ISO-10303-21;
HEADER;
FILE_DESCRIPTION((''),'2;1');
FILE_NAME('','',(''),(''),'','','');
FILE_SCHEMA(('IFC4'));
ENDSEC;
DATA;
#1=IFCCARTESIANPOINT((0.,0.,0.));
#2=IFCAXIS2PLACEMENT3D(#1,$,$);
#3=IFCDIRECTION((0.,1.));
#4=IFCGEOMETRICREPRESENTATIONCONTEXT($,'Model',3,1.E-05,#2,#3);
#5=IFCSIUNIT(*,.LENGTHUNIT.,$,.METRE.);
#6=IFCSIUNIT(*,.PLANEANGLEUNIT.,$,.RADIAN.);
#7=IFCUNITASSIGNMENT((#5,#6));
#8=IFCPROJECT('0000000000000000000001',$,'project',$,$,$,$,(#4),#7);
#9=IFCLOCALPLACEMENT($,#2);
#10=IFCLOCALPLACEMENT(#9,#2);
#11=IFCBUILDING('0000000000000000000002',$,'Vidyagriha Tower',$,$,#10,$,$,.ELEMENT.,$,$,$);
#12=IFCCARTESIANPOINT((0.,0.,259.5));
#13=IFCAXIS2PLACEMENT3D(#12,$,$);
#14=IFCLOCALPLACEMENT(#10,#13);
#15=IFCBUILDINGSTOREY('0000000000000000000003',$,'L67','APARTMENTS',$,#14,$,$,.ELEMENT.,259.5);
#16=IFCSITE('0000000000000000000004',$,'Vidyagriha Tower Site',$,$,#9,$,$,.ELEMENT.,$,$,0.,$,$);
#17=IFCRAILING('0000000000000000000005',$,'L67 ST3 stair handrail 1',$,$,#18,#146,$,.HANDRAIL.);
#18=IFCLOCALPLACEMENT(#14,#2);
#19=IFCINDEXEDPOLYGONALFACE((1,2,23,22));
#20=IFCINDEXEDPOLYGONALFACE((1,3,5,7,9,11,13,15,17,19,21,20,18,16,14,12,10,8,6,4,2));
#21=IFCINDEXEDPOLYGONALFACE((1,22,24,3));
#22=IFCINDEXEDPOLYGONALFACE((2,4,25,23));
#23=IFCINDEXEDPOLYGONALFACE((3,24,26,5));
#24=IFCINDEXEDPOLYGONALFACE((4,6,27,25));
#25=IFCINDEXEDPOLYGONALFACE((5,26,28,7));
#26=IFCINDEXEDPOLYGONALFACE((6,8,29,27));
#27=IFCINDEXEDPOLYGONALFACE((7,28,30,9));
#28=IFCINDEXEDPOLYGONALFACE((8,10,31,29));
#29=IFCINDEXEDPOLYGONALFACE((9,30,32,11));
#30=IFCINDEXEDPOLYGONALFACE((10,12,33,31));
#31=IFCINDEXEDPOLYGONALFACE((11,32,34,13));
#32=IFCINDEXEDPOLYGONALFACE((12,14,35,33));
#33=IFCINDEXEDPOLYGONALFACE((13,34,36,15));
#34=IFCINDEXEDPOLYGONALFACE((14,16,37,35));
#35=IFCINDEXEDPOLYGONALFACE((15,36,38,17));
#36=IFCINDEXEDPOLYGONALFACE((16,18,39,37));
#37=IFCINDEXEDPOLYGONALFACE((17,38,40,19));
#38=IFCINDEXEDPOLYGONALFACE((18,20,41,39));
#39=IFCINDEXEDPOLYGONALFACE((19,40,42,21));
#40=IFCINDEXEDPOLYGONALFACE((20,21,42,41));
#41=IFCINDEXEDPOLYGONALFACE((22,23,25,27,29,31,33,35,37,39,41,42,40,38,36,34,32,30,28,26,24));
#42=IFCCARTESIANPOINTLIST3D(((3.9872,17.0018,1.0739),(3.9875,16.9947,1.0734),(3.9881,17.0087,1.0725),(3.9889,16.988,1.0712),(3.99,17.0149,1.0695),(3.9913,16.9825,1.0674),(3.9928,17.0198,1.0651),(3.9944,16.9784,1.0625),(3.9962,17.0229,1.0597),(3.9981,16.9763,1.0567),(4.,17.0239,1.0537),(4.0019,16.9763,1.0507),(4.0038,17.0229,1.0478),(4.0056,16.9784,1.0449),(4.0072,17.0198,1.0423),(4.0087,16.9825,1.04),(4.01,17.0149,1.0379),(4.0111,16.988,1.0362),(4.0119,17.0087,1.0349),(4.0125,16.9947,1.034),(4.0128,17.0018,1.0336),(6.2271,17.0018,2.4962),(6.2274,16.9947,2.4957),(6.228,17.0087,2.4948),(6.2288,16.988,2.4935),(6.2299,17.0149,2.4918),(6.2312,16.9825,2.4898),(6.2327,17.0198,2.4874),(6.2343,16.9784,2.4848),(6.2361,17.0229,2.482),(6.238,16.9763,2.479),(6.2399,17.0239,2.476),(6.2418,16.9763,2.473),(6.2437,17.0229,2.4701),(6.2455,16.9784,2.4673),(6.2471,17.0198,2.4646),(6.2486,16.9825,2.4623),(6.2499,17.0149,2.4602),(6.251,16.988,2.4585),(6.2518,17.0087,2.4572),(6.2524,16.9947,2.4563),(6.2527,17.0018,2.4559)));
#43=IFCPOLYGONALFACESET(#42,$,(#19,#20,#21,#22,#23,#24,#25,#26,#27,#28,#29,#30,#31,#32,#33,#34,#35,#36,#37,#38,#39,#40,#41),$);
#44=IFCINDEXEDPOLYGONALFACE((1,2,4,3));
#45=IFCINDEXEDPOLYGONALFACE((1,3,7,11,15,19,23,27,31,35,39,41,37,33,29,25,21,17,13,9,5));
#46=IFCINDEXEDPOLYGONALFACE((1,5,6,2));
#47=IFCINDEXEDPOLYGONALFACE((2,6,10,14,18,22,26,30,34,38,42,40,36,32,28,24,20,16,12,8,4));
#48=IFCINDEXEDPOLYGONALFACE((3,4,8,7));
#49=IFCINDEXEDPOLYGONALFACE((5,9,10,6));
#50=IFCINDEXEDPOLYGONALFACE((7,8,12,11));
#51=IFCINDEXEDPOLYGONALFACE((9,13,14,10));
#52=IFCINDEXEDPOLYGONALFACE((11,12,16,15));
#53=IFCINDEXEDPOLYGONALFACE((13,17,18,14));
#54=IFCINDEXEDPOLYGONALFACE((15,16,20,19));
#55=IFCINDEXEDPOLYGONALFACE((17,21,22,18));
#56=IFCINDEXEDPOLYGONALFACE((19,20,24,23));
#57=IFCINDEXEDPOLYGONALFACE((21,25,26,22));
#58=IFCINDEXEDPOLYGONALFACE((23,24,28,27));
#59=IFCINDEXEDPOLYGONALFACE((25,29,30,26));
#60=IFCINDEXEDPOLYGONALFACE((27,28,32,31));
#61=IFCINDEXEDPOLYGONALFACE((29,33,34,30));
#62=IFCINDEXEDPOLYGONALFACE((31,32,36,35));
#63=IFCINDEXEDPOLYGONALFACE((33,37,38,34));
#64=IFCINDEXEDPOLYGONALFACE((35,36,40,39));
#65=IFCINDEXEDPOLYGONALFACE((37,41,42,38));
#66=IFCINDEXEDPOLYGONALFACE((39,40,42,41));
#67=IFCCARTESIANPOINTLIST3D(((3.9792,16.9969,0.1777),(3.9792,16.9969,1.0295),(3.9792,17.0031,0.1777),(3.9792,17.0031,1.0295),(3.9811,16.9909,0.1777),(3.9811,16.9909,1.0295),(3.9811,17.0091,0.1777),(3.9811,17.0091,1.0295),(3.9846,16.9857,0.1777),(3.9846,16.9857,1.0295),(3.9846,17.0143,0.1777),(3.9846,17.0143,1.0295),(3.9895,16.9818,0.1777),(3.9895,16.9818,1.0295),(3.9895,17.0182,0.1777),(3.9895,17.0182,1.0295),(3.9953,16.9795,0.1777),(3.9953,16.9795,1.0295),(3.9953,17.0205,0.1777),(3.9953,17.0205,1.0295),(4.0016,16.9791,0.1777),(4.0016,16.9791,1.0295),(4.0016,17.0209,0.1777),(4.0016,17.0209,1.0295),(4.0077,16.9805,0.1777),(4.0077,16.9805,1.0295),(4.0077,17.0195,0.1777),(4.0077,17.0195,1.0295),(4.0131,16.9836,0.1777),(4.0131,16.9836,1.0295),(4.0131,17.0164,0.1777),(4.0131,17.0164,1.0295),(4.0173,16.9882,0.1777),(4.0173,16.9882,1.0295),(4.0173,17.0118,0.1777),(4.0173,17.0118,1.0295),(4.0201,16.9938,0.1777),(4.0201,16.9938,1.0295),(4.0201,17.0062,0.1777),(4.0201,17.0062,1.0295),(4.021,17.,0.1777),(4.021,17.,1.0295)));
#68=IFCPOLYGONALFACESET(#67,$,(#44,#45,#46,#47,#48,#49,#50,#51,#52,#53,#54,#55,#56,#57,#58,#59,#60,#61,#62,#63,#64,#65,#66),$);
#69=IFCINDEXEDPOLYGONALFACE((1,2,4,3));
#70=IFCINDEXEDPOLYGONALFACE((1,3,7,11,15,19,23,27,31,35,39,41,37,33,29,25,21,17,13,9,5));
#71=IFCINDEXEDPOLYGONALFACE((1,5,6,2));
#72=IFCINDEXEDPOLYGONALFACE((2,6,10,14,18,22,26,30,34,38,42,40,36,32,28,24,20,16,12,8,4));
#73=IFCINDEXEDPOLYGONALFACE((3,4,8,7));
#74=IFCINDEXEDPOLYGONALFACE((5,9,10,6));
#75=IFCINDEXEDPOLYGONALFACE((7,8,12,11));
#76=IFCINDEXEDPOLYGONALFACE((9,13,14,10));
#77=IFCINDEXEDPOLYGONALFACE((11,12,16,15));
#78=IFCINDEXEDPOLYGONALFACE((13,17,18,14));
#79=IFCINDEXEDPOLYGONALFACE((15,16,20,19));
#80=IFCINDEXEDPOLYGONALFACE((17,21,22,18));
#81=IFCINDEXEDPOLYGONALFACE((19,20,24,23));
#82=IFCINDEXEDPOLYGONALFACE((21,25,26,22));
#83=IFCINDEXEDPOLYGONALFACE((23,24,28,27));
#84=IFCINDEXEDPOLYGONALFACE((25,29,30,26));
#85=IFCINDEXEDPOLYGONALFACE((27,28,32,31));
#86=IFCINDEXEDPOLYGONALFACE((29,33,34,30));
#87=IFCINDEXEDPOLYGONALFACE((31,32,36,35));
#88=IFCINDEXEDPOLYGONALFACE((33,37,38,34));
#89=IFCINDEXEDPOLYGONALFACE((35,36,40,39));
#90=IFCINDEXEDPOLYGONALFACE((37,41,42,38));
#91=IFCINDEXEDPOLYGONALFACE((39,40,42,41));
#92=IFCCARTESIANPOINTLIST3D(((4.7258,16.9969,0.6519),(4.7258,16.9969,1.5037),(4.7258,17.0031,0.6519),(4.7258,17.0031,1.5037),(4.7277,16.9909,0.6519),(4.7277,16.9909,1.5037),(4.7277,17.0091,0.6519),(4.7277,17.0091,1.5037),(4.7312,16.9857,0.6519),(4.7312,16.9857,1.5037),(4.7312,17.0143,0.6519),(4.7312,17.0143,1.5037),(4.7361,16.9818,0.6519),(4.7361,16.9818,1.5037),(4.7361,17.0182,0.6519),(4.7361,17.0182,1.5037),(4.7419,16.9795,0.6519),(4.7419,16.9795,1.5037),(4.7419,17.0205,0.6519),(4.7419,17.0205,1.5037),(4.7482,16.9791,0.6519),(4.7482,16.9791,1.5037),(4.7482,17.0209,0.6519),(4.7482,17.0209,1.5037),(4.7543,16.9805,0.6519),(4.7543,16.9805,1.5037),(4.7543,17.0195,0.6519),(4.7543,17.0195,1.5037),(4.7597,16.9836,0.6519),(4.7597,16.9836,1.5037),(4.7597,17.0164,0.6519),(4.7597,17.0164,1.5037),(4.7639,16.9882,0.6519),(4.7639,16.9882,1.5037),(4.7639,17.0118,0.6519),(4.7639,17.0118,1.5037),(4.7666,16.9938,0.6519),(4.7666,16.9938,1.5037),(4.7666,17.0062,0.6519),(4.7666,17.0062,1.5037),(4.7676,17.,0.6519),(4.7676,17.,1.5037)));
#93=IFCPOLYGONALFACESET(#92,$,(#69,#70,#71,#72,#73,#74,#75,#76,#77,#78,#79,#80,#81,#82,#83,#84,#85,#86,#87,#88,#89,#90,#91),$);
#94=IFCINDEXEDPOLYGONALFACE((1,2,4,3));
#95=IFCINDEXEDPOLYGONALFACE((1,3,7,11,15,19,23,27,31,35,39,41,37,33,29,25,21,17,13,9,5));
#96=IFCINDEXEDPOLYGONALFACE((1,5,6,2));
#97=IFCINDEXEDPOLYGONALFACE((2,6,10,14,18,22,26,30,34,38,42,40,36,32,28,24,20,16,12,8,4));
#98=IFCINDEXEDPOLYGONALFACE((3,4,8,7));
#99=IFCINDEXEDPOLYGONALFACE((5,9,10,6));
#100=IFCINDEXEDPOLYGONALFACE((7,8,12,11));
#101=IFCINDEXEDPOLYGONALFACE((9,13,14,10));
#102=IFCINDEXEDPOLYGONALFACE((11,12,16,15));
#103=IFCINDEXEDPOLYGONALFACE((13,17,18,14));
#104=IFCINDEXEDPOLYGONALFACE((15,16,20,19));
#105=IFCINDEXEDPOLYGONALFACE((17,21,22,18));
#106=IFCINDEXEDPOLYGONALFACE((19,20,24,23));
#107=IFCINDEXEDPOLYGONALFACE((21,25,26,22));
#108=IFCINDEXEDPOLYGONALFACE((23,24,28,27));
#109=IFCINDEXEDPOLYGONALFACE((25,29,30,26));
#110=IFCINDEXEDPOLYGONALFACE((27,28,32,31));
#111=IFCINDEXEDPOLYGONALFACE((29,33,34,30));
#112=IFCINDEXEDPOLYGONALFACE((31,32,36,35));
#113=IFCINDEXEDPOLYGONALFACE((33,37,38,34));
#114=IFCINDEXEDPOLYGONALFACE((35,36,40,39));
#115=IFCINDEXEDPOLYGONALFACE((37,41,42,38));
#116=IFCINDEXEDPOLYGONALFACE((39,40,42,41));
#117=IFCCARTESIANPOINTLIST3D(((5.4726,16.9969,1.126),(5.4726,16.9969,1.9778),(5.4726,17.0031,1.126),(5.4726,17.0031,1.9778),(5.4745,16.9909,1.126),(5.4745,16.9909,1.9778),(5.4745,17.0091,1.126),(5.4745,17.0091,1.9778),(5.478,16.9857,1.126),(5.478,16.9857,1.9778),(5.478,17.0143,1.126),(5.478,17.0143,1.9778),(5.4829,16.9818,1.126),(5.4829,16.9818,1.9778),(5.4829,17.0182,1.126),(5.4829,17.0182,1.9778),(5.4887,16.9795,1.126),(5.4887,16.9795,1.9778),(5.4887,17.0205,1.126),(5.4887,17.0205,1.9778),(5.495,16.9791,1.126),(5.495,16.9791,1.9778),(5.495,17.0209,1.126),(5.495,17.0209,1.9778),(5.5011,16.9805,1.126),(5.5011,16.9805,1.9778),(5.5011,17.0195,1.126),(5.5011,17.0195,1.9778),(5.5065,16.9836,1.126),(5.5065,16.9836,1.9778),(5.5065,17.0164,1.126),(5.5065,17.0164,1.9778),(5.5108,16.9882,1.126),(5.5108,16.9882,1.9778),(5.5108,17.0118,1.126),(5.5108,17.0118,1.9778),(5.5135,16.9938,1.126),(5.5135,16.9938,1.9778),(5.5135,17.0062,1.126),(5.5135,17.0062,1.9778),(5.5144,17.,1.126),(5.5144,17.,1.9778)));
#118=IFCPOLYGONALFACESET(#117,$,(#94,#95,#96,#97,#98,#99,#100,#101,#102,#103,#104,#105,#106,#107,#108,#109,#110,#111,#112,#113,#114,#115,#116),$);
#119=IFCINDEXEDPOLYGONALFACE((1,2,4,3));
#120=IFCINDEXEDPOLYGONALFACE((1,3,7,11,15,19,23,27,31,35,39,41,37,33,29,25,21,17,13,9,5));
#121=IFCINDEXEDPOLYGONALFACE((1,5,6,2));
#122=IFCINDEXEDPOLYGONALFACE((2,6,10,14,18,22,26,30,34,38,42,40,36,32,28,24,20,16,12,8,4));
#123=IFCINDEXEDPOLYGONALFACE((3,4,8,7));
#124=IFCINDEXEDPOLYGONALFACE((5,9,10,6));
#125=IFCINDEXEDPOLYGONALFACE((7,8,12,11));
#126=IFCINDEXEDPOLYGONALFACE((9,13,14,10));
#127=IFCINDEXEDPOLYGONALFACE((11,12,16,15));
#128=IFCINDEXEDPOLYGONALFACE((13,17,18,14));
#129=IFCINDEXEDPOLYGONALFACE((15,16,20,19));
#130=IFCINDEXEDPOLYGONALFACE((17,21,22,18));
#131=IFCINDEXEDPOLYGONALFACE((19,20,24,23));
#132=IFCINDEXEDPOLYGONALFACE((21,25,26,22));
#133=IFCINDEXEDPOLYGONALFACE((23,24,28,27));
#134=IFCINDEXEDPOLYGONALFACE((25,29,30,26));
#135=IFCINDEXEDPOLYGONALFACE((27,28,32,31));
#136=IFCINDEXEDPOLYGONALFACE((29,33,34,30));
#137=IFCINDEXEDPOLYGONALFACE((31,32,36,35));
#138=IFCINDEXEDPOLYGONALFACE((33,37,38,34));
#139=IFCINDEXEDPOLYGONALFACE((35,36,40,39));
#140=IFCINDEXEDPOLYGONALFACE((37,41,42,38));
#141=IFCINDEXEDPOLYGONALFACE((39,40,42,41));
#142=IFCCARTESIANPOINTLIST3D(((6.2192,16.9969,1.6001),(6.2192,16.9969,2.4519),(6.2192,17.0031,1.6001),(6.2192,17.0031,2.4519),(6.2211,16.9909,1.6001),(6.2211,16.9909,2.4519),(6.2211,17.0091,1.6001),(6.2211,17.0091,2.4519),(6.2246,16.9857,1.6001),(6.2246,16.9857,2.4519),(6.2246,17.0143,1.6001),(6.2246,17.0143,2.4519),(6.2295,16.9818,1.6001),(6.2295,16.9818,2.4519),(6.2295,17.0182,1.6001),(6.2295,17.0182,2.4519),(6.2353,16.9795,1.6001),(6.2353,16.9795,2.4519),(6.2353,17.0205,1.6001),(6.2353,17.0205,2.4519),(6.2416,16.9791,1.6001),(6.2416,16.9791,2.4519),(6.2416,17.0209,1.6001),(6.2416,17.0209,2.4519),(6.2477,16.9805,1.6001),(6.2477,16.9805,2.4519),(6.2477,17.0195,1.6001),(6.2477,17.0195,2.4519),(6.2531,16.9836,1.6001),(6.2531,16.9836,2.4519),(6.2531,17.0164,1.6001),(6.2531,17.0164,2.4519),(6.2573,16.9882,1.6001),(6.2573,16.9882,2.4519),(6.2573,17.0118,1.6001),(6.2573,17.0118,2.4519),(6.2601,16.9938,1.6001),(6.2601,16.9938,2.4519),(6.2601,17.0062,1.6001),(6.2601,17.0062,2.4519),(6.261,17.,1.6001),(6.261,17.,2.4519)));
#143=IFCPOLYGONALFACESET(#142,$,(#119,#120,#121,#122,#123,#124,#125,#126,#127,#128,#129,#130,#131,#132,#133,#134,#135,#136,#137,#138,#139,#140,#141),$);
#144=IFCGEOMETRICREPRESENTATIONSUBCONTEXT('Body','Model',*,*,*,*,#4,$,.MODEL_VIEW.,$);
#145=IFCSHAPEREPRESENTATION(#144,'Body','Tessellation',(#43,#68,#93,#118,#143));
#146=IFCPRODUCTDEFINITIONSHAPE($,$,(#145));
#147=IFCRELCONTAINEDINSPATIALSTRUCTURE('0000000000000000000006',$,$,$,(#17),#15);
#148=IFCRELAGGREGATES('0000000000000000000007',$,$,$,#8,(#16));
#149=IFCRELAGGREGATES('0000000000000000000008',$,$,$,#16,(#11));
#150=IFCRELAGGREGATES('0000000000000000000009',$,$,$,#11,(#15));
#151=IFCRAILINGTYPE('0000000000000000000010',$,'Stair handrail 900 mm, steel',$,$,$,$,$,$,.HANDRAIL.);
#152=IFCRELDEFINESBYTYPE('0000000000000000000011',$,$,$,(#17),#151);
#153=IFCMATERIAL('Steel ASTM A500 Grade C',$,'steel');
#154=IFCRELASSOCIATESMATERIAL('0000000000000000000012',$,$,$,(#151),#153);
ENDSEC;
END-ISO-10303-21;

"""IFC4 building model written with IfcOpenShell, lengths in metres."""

from ifc_helpers import new_model, si_unit, direction, frame, origin, origin_2d, place, context, subcontext, project, spatial, circle, extrude, material, type_object, element, save


model = new_model("IFC4")

# Units and contexts
model_context = context("Model", 3, precision=1e-05, world=origin(), true_north=direction((0.0, 1.0)))
body_context = subcontext(model_context, "Body", "Model", "MODEL_VIEW")
ifc_project = project(units=[si_unit("LENGTHUNIT", "METRE"), si_unit("PLANEANGLEUNIT", "RADIAN")], contexts=[model_context])

# Site, building, storey
site_placement = place(None, origin())
site = spatial("IfcSite", under=ifc_project, at=site_placement, Name="Vidyagriha Tower Site", CompositionType="ELEMENT", RefElevation=0.0)
building_placement = place(site_placement, origin())
building = spatial("IfcBuilding", under=site, at=building_placement, Name="Vidyagriha Tower", CompositionType="ELEMENT")
storey_placement = place(building_placement, frame((0.0, 0.0, 259.5)))
storey = spatial("IfcBuildingStorey", under=building, at=storey_placement, Name="L67", Description="APARTMENTS", CompositionType="ELEMENT", Elevation=259.5)

# Railing
ifc_material_1 = material(Name="Steel ASTM A500 Grade C", Category="steel")
railing_type = type_object("IfcRailingType", Name="Stair handrail 900 mm, steel", PredefinedType="HANDRAIL", material=ifc_material_1)
railing_placement = place(storey_placement, frame((4.0, 17.0, 0.1777)))
element("IfcRailing", 1, at=railing_placement, inside=storey, type_object=railing_type, Name="L67 ST3 stair handrail 1", PredefinedType="HANDRAIL", context=body_context, shape_type="SweptSolid", body=[
    extrude(circle(Radius=0.0239, at=origin_2d()), frame((0.0, 0.0, 0.876), z_axis=(0.844188, 0.0, 0.536048), x_axis=(0.0, 1.0, 0.0)), (0.0, 0.0, 1.0), 2.6533),
    extrude(circle(Radius=0.021, at=origin_2d()), origin(), (0.0, 0.0, 1.0), 0.8518),
    extrude(circle(Radius=0.021, at=origin_2d()), frame((0.7466, 0.0, 0.4741)), (0.0, 0.0, 1.0), 0.8518),
    extrude(circle(Radius=0.021, at=origin_2d()), frame((1.4934, 0.0, 0.9482)), (0.0, 0.0, 1.0), 0.8518),
    extrude(circle(Radius=0.021, at=origin_2d()), frame((2.24, 0.0, 1.4224)), (0.0, 0.0, 1.0), 0.8518),
])

save(model, "model.ifc")
